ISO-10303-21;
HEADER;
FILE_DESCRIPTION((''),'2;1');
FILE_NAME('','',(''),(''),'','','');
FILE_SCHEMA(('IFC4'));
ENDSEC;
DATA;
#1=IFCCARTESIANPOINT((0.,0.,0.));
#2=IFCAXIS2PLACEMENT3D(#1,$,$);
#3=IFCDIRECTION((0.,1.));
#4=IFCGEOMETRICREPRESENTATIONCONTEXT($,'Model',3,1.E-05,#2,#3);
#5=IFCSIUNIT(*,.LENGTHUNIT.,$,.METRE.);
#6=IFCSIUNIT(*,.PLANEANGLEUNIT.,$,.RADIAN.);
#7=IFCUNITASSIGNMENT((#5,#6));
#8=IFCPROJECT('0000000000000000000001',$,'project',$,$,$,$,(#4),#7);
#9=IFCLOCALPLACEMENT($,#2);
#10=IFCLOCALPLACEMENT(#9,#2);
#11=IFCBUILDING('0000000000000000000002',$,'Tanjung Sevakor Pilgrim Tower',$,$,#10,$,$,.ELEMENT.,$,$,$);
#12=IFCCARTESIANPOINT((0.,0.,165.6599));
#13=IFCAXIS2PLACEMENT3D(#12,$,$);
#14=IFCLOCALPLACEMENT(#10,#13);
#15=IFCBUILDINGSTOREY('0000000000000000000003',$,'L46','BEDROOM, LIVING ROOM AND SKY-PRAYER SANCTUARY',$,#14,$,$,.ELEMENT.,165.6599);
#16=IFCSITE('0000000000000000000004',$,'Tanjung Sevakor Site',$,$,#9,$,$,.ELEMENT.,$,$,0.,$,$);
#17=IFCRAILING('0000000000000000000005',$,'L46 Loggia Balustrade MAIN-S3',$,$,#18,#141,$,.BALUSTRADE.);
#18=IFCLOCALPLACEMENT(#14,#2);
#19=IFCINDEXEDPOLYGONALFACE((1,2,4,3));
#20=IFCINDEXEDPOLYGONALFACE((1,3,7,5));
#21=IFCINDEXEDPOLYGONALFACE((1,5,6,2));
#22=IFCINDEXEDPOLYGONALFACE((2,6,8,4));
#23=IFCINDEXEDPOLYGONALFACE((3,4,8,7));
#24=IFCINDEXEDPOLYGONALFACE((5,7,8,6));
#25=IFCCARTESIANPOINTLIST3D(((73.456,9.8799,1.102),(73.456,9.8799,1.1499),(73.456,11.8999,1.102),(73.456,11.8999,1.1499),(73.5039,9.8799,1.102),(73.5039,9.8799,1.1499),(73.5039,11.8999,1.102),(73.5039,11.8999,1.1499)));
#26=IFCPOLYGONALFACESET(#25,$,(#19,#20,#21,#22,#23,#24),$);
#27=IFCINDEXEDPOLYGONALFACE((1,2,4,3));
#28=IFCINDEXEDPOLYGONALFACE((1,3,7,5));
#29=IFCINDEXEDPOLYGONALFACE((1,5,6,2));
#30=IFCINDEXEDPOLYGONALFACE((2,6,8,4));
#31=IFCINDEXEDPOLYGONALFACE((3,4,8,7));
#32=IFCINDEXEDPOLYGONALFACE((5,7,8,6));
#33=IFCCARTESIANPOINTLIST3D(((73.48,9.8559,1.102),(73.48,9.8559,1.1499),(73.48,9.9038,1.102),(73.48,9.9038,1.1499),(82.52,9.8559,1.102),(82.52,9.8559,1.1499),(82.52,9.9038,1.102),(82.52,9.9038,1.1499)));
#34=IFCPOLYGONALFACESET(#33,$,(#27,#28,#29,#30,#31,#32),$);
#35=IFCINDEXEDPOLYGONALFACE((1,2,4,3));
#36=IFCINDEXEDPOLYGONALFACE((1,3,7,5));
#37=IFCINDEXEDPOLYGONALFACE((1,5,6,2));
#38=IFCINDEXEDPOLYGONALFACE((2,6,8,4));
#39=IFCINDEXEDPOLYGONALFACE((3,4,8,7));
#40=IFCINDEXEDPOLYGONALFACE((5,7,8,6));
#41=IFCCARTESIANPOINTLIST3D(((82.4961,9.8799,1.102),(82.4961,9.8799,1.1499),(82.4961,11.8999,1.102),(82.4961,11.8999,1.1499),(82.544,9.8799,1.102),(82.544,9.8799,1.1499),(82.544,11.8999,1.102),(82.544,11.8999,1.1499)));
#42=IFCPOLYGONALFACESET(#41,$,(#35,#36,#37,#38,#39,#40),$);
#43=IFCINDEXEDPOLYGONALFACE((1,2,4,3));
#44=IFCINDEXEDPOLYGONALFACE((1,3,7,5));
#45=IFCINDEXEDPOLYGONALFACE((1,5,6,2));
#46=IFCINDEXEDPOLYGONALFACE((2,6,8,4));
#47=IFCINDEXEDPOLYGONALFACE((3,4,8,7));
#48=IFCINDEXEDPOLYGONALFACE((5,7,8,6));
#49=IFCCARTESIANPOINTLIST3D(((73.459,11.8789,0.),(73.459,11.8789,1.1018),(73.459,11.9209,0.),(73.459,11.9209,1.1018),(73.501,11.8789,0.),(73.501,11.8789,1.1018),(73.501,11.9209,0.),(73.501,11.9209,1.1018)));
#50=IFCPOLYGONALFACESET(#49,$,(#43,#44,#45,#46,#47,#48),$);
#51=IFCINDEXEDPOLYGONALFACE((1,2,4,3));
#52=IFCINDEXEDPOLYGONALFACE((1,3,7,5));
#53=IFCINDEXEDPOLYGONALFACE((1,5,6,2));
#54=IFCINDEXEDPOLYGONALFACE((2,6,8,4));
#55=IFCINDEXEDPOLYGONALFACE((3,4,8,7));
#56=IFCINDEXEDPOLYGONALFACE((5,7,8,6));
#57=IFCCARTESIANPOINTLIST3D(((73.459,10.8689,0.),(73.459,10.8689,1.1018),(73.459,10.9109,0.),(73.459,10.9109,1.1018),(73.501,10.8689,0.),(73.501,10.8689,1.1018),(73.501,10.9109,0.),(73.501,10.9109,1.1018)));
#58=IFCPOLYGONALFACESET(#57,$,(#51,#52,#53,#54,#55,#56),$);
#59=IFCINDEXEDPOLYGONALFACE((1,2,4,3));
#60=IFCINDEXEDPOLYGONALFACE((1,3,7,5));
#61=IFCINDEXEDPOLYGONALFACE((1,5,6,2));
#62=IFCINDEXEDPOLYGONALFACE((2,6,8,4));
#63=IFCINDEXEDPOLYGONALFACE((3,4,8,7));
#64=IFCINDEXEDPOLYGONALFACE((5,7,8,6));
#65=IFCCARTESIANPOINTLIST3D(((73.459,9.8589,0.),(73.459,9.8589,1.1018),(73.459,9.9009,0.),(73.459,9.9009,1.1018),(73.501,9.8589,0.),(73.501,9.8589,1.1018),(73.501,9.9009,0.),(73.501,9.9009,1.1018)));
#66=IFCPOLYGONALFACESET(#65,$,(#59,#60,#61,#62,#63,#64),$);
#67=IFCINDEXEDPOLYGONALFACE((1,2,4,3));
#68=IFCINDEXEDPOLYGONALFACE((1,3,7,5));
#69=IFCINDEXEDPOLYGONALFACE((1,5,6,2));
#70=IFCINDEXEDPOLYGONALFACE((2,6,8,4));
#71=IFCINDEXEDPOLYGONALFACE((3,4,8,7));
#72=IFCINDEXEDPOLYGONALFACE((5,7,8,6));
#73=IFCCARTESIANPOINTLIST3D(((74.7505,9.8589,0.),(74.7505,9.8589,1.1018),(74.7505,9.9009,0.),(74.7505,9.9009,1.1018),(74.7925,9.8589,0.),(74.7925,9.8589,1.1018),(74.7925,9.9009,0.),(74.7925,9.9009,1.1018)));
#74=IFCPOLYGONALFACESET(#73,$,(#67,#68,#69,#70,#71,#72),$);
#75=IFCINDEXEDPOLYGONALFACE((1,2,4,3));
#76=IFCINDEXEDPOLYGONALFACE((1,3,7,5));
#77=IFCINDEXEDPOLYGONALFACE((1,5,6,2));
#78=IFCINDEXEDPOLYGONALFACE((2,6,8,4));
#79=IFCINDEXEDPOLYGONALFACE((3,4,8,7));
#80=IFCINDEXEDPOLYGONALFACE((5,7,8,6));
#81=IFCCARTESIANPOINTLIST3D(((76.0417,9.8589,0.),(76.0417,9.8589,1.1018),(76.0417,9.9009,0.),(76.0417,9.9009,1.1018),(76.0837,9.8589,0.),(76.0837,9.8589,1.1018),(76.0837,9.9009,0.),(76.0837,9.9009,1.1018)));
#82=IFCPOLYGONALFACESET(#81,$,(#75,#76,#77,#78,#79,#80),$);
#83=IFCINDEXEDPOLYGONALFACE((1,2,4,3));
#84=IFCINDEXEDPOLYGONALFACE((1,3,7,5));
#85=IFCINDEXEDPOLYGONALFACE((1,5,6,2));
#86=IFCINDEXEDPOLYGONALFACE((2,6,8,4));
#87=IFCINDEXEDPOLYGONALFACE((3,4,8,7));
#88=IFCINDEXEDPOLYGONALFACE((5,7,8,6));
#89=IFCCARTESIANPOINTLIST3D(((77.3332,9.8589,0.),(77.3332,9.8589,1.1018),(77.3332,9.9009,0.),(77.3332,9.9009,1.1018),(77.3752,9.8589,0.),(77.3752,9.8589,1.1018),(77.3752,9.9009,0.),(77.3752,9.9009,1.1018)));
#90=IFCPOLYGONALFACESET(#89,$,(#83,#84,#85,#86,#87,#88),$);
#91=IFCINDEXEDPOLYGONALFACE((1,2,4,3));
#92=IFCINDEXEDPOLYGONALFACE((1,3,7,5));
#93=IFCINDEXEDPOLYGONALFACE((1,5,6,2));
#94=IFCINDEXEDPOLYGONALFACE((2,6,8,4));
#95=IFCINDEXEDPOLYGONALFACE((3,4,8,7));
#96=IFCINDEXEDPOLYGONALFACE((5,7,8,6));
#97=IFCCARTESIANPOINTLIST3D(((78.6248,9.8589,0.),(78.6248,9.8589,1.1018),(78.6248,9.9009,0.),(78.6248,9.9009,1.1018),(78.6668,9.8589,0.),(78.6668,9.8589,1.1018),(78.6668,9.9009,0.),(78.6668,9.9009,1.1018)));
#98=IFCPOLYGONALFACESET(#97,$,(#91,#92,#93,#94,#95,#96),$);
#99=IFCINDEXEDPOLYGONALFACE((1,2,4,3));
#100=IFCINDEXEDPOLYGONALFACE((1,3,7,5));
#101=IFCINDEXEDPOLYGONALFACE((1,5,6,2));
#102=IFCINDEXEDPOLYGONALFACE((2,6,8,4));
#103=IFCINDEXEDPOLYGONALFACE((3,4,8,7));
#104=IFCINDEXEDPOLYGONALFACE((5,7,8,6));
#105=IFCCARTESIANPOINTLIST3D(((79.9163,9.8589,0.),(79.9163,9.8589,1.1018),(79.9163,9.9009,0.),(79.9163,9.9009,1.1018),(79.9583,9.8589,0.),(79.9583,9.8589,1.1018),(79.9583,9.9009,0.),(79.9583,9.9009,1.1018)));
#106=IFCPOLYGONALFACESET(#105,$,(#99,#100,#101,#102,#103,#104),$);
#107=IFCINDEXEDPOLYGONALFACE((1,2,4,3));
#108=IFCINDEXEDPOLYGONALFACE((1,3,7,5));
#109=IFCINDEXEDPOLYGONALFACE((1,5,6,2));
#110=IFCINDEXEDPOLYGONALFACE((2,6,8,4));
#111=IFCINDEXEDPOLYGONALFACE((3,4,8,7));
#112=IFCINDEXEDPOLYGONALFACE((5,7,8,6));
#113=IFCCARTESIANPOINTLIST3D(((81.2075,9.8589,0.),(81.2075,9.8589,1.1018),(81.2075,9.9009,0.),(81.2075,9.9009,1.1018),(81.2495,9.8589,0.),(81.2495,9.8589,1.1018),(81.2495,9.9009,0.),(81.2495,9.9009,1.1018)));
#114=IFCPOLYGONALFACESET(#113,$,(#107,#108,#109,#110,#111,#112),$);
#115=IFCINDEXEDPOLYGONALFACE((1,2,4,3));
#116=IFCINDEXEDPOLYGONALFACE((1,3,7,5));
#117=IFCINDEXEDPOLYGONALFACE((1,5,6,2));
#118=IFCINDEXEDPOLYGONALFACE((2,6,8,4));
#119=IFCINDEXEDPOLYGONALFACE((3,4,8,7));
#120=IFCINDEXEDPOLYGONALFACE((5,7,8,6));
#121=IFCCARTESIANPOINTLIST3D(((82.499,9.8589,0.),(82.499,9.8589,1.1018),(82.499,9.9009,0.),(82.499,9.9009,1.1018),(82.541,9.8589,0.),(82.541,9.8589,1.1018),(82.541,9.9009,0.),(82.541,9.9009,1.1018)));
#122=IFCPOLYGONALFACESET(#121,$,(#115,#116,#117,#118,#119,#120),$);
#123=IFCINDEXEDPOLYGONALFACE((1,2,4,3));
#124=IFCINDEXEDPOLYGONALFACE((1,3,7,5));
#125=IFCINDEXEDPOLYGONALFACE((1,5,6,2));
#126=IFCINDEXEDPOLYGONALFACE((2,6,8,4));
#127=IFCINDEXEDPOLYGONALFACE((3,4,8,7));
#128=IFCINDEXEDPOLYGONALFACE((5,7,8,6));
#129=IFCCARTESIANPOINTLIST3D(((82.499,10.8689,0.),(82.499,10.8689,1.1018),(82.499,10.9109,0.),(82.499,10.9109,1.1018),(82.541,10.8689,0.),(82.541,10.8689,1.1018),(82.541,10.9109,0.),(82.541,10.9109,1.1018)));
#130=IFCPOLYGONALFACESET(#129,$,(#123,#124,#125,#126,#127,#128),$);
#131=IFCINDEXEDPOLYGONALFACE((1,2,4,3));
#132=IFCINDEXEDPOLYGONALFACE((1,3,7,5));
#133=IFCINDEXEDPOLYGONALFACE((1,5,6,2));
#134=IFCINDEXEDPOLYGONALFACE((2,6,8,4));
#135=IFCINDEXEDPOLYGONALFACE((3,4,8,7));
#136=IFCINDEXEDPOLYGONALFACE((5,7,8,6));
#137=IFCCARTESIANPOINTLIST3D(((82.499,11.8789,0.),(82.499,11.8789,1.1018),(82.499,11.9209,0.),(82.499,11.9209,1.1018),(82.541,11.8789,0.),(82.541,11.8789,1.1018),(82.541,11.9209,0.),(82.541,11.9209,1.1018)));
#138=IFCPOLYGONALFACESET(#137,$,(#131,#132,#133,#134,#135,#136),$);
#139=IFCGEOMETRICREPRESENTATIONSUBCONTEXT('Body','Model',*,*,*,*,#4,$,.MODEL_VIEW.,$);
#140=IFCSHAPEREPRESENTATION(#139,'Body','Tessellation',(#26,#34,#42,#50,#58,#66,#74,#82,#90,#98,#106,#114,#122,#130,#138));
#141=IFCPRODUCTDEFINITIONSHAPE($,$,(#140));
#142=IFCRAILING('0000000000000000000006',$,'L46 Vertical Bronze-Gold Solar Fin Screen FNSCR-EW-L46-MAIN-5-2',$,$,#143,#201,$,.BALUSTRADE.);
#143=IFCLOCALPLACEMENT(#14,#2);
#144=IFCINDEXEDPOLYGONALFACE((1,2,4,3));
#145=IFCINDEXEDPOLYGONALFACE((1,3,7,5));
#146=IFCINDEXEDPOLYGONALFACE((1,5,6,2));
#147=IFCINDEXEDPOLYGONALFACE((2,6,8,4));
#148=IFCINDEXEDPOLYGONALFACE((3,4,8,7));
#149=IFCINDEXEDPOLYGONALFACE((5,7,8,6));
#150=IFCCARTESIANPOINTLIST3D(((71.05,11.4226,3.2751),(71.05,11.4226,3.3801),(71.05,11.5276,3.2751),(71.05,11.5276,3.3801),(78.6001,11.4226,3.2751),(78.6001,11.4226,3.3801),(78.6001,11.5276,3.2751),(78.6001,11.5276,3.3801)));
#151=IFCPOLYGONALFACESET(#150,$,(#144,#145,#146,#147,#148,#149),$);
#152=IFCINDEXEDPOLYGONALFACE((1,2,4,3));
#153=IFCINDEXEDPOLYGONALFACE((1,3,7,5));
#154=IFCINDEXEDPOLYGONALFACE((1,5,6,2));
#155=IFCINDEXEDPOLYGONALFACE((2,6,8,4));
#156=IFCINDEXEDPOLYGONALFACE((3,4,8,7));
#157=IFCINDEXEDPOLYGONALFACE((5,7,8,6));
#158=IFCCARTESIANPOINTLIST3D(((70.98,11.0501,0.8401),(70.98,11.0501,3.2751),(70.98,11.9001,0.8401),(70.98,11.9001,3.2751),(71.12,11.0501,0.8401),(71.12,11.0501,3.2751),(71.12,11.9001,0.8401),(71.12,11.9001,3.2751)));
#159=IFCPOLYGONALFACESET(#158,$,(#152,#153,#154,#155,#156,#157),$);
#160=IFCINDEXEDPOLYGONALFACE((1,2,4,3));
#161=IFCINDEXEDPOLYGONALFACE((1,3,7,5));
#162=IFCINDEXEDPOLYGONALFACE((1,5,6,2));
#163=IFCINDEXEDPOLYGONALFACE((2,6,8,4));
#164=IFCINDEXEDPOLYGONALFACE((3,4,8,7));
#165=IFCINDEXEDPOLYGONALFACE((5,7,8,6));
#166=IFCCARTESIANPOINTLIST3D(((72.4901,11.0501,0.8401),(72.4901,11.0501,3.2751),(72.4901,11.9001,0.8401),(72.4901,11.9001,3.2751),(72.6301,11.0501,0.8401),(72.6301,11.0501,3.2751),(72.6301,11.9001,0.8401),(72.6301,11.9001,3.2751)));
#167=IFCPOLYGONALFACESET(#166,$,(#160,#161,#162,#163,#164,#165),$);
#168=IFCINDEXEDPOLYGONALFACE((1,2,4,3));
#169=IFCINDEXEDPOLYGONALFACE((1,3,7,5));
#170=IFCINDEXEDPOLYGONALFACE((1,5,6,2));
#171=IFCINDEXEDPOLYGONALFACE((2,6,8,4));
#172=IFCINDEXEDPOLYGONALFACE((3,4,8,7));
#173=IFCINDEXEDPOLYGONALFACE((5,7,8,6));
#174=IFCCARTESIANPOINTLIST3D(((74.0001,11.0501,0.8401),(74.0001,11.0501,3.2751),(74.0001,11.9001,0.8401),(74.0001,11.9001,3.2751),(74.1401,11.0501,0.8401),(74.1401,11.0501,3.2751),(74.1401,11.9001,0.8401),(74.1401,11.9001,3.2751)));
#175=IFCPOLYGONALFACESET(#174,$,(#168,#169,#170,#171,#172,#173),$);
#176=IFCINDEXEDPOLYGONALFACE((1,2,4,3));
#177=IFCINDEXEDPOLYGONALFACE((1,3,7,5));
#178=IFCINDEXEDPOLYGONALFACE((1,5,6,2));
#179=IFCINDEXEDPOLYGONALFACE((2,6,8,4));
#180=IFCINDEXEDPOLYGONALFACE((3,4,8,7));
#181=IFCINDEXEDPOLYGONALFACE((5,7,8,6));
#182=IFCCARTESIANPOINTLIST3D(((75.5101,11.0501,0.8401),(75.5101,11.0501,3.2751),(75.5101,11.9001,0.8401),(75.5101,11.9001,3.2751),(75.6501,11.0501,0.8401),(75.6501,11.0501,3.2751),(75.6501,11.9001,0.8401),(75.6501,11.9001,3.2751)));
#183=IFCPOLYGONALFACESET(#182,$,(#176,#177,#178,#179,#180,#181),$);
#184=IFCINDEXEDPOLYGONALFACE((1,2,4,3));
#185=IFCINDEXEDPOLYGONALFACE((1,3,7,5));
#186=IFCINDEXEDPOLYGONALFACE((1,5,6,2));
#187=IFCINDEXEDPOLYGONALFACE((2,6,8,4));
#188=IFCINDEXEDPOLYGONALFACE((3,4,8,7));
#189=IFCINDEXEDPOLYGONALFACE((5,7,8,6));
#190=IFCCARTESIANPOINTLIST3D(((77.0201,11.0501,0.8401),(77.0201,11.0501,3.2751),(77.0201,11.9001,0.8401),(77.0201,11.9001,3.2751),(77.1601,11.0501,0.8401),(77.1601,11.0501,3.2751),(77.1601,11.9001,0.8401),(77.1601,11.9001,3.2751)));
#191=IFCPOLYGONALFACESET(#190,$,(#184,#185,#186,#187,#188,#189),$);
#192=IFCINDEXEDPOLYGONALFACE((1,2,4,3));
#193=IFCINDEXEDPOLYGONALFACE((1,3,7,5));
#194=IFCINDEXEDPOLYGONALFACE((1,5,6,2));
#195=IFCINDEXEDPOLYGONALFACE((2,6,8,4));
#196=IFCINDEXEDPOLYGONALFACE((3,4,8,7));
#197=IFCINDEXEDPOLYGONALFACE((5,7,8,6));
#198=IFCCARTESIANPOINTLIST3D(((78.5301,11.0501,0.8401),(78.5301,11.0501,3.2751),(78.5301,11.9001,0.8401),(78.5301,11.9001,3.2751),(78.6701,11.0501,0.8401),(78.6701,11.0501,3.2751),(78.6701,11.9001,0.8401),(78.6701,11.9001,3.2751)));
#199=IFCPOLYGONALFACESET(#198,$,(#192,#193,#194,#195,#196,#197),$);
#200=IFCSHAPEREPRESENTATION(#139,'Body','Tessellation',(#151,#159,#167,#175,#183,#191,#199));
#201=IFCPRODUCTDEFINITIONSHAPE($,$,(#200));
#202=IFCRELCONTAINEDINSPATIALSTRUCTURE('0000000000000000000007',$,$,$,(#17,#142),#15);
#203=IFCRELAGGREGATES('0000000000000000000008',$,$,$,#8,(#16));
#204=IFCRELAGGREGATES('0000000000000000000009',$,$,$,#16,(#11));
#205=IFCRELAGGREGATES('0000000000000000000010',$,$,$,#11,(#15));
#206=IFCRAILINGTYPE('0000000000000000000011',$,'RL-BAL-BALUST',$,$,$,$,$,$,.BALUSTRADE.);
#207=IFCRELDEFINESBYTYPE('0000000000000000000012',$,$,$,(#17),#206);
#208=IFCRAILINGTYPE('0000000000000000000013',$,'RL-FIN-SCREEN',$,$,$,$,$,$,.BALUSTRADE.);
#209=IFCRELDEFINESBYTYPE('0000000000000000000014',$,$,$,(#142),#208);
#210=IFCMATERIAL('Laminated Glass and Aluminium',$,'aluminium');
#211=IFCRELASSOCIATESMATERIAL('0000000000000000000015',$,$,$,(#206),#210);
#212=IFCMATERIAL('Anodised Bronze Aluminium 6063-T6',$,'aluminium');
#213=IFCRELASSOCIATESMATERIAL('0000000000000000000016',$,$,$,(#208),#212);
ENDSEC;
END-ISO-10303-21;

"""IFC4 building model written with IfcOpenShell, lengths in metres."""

from ifc_helpers import new_model, si_unit, direction, frame, origin, place, context, subcontext, project, spatial, rectangle, extrude, material, type_object, element, save


model = new_model("IFC4")

# Units and contexts
model_context = context("Model", 3, precision=1e-05, world=origin(), true_north=direction((0.0, 1.0)))
body_context = subcontext(model_context, "Body", "Model", "MODEL_VIEW")
ifc_project = project(units=[si_unit("LENGTHUNIT", "METRE"), si_unit("PLANEANGLEUNIT", "RADIAN")], contexts=[model_context])

# Site, building, storey
site_placement = place(None, origin())
site = spatial("IfcSite", under=ifc_project, at=site_placement, Name="Tanjung Sevakor Site", CompositionType="ELEMENT", RefElevation=0.0)
building_placement = place(site_placement, origin())
building = spatial("IfcBuilding", under=site, at=building_placement, Name="Tanjung Sevakor Pilgrim Tower", CompositionType="ELEMENT")
storey_placement = place(building_placement, frame((0.0, 0.0, 165.6599)))
storey = spatial("IfcBuildingStorey", under=building, at=storey_placement, Name="L46", Description="BEDROOM, LIVING ROOM AND SKY-PRAYER SANCTUARY", CompositionType="ELEMENT", Elevation=165.6599)

# Railings
ifc_material_1 = material(Name="Laminated Glass and Aluminium", Category="aluminium")
railing_type_1 = type_object("IfcRailingType", Name="RL-BAL-BALUST", PredefinedType="BALUSTRADE", material=ifc_material_1)
railing_1_placement = place(storey_placement, frame((73.48, 11.8999, 0.0)))
element("IfcRailing", 1, at=railing_1_placement, inside=storey, type_object=railing_type_1, Name="L46 Loggia Balustrade MAIN-S3", PredefinedType="BALUSTRADE", context=body_context, shape_type="SweptSolid", body=[
    extrude(rectangle(XDim=0.0479, YDim=0.0479), frame((0.0, 0.0, 1.126), z_axis=(0.0, -1.0, 0.0), x_axis=(1.0, 0.0, 0.0)), (0.0, 0.0, 1.0), 2.02),
    extrude(rectangle(XDim=0.0479, YDim=0.0479), frame((0.0, -2.02, 1.126), z_axis=(1.0, 0.0, 0.0), x_axis=(0.0, 1.0, 0.0)), (0.0, 0.0, 1.0), 9.04),
    extrude(rectangle(XDim=0.0479, YDim=0.0479), frame((9.04, -2.02, 1.126), z_axis=(0.0, 1.0, 0.0), x_axis=(-1.0, 0.0, 0.0)), (0.0, 0.0, 1.0), 2.02),
    extrude(rectangle(XDim=0.042, YDim=0.042), origin(), (0.0, 0.0, 1.0), 1.1018),
    extrude(rectangle(XDim=0.042, YDim=0.042), frame((0.0, -1.01, 0.0)), (0.0, 0.0, 1.0), 1.1018),
    extrude(rectangle(XDim=0.042, YDim=0.042), frame((0.0, -2.02, 0.0)), (0.0, 0.0, 1.0), 1.1018),
    extrude(rectangle(XDim=0.042, YDim=0.042), frame((1.2915, -2.02, 0.0)), (0.0, 0.0, 1.0), 1.1018),
    extrude(rectangle(XDim=0.042, YDim=0.042), frame((2.5828, -2.02, 0.0)), (0.0, 0.0, 1.0), 1.1018),
    extrude(rectangle(XDim=0.042, YDim=0.042), frame((3.8743, -2.02, 0.0)), (0.0, 0.0, 1.0), 1.1018),
    extrude(rectangle(XDim=0.042, YDim=0.042), frame((5.1658, -2.02, 0.0)), (0.0, 0.0, 1.0), 1.1018),
    extrude(rectangle(XDim=0.042, YDim=0.042), frame((6.4573, -2.02, 0.0)), (0.0, 0.0, 1.0), 1.1018),
    extrude(rectangle(XDim=0.042, YDim=0.042), frame((7.7485, -2.02, 0.0)), (0.0, 0.0, 1.0), 1.1018),
    extrude(rectangle(XDim=0.042, YDim=0.042), frame((9.04, -2.02, 0.0)), (0.0, 0.0, 1.0), 1.1018),
    extrude(rectangle(XDim=0.042, YDim=0.042), frame((9.04, -1.01, 0.0)), (0.0, 0.0, 1.0), 1.1018),
    extrude(rectangle(XDim=0.042, YDim=0.042), frame((9.04, 0.0, 0.0)), (0.0, 0.0, 1.0), 1.1018),
])
ifc_material_2 = material(Name="Anodised Bronze Aluminium 6063-T6", Category="aluminium")
railing_type_2 = type_object("IfcRailingType", Name="RL-FIN-SCREEN", PredefinedType="BALUSTRADE", material=ifc_material_2)
railing_2_placement = place(storey_placement, frame((71.05, 11.4751, 0.8401)))
element("IfcRailing", 2, at=railing_2_placement, inside=storey, type_object=railing_type_2, Name="L46 Vertical Bronze-Gold Solar Fin Screen FNSCR-EW-L46-MAIN-5-2", PredefinedType="BALUSTRADE", context=body_context, shape_type="SweptSolid", body=[
    extrude(rectangle(XDim=0.105, YDim=0.105), frame((0.0, 0.0, 2.4875), z_axis=(1.0, 0.0, 0.0), x_axis=(0.0, 1.0, 0.0)), (0.0, 0.0, 1.0), 7.55),
    extrude(rectangle(XDim=0.14, YDim=0.85), origin(), (0.0, 0.0, 1.0), 2.4351),
    extrude(rectangle(XDim=0.14, YDim=0.85), frame((1.51, 0.0, 0.0)), (0.0, 0.0, 1.0), 2.4351),
    extrude(rectangle(XDim=0.14, YDim=0.85), frame((3.02, 0.0, 0.0)), (0.0, 0.0, 1.0), 2.4351),
    extrude(rectangle(XDim=0.14, YDim=0.85), frame((4.53, 0.0, 0.0)), (0.0, 0.0, 1.0), 2.4351),
    extrude(rectangle(XDim=0.14, YDim=0.85), frame((6.04, 0.0, 0.0)), (0.0, 0.0, 1.0), 2.4351),
    extrude(rectangle(XDim=0.14, YDim=0.85), frame((7.55, 0.0, 0.0)), (0.0, 0.0, 1.0), 2.4351),
])

save(model, "model.ifc")
